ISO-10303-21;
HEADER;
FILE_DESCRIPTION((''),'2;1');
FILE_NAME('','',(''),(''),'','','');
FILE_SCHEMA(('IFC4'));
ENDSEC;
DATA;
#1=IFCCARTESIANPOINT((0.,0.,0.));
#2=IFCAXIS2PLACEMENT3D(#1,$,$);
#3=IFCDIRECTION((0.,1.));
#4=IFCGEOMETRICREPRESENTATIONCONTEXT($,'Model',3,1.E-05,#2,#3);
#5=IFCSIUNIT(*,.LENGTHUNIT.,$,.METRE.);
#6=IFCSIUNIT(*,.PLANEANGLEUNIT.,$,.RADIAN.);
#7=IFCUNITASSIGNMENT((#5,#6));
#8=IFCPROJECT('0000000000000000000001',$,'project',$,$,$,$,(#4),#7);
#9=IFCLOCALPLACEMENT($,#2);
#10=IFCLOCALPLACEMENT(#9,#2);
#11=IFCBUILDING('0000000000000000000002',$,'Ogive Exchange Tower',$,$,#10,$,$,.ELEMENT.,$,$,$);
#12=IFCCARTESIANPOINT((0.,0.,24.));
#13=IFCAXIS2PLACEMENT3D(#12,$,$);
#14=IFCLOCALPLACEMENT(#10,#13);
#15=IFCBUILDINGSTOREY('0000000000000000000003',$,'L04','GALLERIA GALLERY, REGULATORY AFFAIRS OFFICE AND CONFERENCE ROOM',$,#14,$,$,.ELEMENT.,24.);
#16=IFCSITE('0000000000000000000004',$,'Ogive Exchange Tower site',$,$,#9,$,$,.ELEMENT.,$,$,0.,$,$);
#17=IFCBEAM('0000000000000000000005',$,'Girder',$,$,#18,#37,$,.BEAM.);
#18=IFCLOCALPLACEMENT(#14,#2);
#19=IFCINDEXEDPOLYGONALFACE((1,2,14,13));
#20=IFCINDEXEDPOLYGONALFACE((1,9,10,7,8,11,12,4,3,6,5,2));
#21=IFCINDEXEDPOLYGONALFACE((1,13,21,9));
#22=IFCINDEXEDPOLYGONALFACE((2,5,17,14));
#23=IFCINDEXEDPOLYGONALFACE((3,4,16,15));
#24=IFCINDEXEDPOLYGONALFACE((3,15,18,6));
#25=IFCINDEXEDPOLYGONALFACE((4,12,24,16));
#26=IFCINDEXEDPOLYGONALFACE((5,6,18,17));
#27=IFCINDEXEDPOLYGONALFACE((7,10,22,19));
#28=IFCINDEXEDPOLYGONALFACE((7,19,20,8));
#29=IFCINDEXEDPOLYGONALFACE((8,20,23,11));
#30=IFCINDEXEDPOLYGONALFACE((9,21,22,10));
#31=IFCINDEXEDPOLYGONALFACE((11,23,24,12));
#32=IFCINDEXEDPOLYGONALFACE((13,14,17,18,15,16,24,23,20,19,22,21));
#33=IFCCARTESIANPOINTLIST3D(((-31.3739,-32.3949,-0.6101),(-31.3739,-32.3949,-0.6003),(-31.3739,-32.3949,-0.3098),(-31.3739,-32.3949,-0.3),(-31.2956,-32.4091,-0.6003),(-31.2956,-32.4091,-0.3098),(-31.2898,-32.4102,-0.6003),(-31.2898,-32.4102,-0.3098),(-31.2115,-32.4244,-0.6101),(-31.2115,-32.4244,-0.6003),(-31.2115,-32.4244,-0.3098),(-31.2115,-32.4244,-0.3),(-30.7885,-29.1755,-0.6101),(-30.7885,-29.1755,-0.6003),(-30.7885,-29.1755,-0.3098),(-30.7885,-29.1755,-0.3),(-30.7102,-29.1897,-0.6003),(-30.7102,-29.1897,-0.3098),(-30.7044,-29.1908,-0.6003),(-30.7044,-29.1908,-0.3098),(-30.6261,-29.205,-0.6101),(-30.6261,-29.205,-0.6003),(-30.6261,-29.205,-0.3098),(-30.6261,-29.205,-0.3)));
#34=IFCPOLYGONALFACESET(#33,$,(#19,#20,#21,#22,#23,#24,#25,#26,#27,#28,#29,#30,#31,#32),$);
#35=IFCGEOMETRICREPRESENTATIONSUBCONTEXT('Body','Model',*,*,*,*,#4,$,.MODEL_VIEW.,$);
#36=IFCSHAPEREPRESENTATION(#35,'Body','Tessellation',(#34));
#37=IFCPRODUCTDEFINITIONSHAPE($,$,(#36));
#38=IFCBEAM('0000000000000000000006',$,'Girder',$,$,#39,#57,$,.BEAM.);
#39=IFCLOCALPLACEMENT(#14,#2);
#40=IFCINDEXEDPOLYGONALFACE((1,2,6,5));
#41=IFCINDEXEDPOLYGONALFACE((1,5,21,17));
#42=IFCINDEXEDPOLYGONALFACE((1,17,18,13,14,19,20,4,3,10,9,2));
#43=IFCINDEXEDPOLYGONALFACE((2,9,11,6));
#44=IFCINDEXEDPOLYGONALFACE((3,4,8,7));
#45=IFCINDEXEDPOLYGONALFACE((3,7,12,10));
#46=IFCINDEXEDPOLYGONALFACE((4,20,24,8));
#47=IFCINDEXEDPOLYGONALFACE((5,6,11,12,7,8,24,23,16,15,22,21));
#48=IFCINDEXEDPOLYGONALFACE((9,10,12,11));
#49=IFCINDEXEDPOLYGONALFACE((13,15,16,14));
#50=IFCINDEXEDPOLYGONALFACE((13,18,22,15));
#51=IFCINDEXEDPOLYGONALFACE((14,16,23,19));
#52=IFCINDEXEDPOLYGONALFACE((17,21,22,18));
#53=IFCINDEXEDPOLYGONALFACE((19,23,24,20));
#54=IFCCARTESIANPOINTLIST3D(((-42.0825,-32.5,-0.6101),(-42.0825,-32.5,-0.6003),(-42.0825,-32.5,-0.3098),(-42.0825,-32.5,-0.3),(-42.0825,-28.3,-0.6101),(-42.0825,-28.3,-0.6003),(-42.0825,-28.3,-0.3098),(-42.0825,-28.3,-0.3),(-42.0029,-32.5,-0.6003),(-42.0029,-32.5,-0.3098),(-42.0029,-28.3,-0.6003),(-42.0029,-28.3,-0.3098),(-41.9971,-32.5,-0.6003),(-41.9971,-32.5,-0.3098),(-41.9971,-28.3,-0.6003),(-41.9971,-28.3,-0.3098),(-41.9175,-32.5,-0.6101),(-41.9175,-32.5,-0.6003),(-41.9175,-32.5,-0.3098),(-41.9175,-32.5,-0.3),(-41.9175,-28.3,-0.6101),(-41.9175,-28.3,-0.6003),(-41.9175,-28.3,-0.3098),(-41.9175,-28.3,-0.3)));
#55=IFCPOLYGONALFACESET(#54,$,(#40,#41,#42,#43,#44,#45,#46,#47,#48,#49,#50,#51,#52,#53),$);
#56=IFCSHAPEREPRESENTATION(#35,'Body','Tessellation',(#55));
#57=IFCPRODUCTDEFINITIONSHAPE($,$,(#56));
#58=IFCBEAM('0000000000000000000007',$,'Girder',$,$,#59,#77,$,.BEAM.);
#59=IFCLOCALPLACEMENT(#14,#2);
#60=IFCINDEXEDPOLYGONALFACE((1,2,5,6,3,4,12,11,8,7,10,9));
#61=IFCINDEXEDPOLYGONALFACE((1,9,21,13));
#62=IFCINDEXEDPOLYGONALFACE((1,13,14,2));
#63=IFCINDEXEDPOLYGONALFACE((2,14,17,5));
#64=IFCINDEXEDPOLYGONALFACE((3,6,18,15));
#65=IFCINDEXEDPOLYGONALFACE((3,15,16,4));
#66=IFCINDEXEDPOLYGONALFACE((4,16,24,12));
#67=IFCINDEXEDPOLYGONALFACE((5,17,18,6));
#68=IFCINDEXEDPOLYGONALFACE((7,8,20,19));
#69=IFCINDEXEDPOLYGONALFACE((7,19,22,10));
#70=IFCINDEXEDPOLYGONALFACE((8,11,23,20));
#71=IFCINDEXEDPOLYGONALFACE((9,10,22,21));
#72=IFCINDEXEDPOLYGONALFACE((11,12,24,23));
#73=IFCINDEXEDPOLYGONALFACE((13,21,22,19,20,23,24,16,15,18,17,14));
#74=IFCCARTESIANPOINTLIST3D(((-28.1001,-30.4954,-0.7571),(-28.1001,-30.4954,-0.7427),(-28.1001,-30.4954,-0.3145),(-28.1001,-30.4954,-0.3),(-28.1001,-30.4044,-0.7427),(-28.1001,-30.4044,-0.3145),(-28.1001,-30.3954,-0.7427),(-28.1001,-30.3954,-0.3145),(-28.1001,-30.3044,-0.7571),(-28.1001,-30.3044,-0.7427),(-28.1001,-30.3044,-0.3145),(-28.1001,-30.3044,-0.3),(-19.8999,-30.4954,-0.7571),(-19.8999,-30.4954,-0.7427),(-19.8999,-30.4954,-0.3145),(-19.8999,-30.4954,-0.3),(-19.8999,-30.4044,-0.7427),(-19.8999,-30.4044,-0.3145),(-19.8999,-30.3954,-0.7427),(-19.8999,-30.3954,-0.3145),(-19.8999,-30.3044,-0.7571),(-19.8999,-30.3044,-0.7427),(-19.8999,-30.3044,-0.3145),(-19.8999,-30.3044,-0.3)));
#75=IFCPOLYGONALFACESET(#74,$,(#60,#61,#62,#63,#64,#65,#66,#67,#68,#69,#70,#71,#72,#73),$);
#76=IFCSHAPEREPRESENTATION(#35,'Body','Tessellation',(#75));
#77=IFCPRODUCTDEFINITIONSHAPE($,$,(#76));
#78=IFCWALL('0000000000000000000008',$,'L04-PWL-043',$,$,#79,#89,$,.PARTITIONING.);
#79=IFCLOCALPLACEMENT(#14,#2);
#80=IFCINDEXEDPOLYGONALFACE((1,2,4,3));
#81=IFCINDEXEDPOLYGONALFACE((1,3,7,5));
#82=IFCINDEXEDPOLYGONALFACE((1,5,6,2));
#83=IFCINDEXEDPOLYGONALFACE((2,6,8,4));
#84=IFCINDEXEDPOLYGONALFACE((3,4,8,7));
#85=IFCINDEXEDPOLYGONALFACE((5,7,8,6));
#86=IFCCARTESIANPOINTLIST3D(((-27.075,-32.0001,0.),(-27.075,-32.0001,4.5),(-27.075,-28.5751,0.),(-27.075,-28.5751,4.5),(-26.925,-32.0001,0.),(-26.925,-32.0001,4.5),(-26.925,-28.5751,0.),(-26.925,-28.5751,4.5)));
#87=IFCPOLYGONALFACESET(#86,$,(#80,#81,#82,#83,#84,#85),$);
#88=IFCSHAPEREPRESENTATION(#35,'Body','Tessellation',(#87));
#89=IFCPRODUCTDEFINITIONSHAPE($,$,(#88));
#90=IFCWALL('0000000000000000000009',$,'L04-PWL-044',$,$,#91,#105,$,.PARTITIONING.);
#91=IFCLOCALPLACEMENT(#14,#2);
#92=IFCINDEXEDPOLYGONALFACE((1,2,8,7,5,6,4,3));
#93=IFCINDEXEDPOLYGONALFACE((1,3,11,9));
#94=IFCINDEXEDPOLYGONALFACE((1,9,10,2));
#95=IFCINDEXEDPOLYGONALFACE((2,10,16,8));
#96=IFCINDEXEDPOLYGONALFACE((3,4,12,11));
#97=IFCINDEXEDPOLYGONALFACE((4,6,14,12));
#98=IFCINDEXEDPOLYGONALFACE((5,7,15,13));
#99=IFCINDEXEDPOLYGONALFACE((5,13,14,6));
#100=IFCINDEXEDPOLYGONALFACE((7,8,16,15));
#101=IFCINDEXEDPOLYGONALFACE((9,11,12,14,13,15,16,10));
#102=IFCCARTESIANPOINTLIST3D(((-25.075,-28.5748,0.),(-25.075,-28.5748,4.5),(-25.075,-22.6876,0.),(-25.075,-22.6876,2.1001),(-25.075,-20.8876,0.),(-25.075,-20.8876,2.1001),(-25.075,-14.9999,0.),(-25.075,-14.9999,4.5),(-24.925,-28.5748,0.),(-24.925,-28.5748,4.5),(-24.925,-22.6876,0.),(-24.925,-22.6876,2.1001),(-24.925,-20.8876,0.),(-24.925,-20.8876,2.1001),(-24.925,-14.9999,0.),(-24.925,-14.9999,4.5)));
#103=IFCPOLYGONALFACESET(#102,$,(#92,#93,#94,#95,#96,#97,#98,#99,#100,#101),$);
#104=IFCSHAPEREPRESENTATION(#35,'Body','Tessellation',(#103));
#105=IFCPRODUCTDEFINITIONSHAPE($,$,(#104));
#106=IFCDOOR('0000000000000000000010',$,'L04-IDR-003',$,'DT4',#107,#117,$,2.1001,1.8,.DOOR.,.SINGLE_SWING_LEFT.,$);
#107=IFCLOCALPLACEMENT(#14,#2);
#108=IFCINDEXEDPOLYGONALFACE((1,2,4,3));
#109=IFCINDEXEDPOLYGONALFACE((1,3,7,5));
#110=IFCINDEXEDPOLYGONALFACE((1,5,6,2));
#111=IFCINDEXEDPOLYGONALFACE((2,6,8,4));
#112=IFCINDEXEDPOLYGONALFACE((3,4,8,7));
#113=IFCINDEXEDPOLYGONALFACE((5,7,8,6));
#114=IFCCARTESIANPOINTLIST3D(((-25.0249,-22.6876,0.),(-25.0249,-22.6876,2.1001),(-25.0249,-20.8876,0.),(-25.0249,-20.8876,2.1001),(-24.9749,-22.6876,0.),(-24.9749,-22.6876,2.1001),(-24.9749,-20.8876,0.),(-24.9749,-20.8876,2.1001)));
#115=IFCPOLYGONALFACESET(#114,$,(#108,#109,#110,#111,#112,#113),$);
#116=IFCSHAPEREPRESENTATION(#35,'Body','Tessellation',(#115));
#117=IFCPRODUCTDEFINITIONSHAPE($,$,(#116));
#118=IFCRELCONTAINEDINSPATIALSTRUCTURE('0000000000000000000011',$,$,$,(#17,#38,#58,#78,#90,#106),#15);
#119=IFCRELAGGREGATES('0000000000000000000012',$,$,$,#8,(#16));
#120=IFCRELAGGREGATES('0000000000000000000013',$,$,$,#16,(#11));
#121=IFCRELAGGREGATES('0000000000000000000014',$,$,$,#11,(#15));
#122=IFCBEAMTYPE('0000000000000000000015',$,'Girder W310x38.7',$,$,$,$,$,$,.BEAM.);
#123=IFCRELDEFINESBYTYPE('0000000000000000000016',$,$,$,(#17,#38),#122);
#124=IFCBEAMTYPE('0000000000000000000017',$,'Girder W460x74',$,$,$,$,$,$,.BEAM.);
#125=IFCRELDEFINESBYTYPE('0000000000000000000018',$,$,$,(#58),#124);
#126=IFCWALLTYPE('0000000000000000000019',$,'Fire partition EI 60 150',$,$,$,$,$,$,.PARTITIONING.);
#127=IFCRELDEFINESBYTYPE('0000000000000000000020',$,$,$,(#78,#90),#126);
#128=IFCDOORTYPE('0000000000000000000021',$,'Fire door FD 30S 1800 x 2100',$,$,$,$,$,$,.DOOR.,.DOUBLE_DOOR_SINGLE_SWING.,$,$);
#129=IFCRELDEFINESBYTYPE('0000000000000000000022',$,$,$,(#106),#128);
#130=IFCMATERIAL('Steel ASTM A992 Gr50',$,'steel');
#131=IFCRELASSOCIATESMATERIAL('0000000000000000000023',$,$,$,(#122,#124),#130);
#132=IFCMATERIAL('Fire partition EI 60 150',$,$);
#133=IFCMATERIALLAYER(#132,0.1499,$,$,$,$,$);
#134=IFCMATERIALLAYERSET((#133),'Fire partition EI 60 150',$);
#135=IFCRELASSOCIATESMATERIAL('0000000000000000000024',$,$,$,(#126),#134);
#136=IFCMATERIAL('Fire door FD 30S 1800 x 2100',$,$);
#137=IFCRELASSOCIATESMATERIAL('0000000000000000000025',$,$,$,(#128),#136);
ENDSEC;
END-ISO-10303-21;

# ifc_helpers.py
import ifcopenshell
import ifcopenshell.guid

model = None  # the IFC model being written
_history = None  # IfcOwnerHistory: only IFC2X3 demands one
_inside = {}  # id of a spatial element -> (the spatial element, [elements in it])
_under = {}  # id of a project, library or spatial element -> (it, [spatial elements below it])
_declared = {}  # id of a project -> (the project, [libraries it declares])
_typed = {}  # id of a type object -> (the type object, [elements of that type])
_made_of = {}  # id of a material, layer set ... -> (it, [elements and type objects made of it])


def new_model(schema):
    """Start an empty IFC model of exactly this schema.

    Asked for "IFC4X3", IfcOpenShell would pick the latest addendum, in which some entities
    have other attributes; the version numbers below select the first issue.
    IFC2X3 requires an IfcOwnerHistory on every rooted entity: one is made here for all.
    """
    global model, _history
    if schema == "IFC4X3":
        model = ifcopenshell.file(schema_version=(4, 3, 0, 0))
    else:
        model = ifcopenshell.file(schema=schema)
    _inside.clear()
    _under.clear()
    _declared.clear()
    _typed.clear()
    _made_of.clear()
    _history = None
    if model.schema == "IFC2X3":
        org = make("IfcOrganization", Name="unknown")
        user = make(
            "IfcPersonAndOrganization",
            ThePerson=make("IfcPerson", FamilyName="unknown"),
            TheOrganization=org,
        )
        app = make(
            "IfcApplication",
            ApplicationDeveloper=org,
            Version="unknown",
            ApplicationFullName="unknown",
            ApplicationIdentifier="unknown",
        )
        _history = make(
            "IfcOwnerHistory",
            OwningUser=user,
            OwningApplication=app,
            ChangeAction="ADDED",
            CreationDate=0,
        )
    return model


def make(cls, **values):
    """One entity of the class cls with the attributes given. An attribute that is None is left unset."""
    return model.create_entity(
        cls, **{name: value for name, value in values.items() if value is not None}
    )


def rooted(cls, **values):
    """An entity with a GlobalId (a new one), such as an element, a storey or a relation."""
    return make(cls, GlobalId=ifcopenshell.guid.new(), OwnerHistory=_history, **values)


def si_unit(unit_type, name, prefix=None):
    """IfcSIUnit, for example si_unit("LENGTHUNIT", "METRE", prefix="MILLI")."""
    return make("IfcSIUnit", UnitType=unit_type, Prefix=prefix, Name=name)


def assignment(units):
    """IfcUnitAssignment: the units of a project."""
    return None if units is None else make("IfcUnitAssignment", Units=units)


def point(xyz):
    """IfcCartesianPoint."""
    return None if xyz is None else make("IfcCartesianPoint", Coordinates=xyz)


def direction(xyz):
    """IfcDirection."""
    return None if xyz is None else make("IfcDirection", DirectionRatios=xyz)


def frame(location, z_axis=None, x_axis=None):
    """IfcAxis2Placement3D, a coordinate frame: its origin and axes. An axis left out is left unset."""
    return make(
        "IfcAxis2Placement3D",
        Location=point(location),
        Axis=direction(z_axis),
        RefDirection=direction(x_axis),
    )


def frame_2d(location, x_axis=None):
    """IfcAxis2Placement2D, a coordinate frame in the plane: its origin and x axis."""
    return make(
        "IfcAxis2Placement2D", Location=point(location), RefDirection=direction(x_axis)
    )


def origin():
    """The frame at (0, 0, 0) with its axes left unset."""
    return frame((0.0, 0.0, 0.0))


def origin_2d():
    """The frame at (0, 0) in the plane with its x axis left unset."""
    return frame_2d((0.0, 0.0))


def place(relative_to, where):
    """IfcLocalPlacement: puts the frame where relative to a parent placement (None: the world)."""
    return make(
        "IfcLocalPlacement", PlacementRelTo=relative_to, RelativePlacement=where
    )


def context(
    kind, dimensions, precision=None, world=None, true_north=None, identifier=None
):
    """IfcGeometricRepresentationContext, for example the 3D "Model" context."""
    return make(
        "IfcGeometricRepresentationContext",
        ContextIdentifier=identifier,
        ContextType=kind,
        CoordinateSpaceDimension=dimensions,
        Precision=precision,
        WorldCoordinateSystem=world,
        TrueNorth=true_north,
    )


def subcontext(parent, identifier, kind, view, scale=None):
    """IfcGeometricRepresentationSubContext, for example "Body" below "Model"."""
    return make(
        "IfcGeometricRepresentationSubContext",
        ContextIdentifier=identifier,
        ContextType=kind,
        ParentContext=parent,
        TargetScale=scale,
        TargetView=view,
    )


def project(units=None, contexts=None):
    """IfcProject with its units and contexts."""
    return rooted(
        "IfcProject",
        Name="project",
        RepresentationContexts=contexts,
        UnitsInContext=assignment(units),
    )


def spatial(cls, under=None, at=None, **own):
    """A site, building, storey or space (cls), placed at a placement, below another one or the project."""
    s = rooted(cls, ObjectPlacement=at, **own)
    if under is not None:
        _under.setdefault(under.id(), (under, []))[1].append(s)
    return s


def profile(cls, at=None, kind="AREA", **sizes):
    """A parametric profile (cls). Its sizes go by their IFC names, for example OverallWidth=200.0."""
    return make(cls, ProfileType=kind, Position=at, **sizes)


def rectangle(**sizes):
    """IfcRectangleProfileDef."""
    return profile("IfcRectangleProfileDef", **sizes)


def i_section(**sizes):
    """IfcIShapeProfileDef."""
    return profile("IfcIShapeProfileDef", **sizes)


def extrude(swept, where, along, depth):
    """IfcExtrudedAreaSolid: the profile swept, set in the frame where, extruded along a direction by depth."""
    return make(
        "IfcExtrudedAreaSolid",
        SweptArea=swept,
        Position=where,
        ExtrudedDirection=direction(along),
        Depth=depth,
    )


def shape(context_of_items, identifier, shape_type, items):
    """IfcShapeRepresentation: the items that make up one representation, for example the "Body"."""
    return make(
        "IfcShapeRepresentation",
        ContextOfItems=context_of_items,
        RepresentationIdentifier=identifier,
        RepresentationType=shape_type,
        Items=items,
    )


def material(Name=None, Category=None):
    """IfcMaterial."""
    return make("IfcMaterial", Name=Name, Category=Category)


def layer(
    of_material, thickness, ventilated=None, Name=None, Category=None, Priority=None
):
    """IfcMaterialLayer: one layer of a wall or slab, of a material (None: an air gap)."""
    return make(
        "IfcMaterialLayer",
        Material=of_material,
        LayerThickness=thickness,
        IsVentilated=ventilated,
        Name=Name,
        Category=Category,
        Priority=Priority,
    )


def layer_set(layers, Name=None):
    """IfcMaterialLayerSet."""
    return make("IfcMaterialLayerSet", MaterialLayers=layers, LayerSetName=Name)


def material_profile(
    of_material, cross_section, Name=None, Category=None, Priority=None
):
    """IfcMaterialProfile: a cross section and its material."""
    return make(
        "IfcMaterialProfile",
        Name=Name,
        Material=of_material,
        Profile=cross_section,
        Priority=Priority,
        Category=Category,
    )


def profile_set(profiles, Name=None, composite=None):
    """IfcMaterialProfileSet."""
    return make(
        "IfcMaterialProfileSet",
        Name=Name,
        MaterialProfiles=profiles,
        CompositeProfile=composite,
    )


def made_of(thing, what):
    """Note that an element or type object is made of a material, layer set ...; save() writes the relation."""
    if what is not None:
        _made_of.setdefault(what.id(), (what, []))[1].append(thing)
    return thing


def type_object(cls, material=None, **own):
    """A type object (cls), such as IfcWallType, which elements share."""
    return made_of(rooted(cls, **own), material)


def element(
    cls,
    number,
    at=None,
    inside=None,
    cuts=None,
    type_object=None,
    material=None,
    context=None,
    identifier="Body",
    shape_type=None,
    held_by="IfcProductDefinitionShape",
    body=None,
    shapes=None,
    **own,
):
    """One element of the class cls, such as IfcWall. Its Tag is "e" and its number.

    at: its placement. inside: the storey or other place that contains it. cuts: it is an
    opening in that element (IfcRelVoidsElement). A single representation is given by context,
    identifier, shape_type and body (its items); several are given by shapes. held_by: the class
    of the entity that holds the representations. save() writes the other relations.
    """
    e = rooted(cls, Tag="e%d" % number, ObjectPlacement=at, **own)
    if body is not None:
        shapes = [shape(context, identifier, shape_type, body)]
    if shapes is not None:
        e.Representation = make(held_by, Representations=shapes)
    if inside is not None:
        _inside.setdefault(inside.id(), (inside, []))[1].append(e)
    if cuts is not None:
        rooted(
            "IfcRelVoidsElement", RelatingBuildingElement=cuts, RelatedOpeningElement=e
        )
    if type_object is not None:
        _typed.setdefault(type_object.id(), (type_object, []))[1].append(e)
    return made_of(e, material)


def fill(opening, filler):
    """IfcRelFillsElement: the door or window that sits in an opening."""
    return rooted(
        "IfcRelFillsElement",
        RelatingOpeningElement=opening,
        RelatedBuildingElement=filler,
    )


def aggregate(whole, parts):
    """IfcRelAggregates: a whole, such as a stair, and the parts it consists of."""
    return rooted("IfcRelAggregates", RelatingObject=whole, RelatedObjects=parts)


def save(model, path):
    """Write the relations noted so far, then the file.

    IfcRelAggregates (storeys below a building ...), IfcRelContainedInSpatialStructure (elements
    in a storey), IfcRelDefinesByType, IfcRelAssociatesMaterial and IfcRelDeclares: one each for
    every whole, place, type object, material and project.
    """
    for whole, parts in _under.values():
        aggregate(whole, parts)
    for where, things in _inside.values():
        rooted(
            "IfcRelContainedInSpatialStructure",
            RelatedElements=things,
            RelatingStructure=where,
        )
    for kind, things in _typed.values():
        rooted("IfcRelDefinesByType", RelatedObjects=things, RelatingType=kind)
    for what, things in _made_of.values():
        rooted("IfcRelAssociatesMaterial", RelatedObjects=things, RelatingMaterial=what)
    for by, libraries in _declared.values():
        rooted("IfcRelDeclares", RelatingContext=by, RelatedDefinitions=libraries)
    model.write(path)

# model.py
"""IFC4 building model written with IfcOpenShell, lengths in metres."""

from ifc_helpers import new_model, si_unit, direction, frame, frame_2d, origin, origin_2d, place, context, subcontext, project, spatial, rectangle, i_section, extrude, material, layer, layer_set, material_profile, profile_set, type_object, element, fill, save


model = new_model("IFC4")

# Units and contexts
model_context = context("Model", 3, precision=1e-05, world=origin(), true_north=direction((0.0, 1.0)))
body_context = subcontext(model_context, "Body", "Model", "MODEL_VIEW")
ifc_project = project(units=[si_unit("LENGTHUNIT", "METRE"), si_unit("PLANEANGLEUNIT", "RADIAN")], contexts=[model_context])

# Site, building, storey
site_placement = place(None, origin())
site = spatial("IfcSite", under=ifc_project, at=site_placement, Name="Ogive Exchange Tower site", CompositionType="ELEMENT", RefElevation=0.0)
building_placement = place(site_placement, origin())
building = spatial("IfcBuilding", under=site, at=building_placement, Name="Ogive Exchange Tower", CompositionType="ELEMENT")
storey_placement = place(building_placement, frame((0.0, 0.0, 24.0)))
storey = spatial("IfcBuildingStorey", under=building, at=storey_placement, Name="L04", Description="GALLERIA GALLERY, REGULATORY AFFAIRS OFFICE AND CONFERENCE ROOM", CompositionType="ELEMENT", Elevation=24.0)

# Beams
ifc_material_1 = material(Name="Steel ASTM A992 Gr50", Category="steel")
ifc_material_profile_1 = material_profile(ifc_material_1, i_section(OverallWidth=0.165, OverallDepth=0.3101, WebThickness=0.0059, FlangeThickness=0.0098, at=origin_2d()), Name="W310x38.7")
ifc_profile_set_1 = profile_set([ifc_material_profile_1], Name="Steel ASTM A992 Gr50")
beam_type_1 = type_object("IfcBeamType", Name="Girder W310x38.7", PredefinedType="BEAM", material=ifc_profile_set_1)
beam_1_placement = place(storey_placement, frame((-31.2927, -32.4097, -0.4551), z_axis=(0.178912, 0.983865, 0.0), x_axis=(-0.983865, 0.178912, 0.0)))
element("IfcBeam", 1, at=beam_1_placement, inside=storey, type_object=beam_type_1, Name="Girder", PredefinedType="BEAM", context=body_context, shape_type="SweptSolid", body=[
    extrude(i_section(OverallWidth=0.165, OverallDepth=0.3101, WebThickness=0.0059, FlangeThickness=0.0098, at=origin_2d()), origin(), (0.0, 0.0, 1.0), 3.2722),
])
beam_2_placement = place(storey_placement, frame((-42.0, -32.5, -0.4551), z_axis=(0.0, 1.0, 0.0), x_axis=(-1.0, 0.0, 0.0)))
element("IfcBeam", 2, at=beam_2_placement, inside=storey, type_object=beam_type_1, Name="Girder", PredefinedType="BEAM", context=body_context, shape_type="SweptSolid", body=[
    extrude(i_section(OverallWidth=0.165, OverallDepth=0.3101, WebThickness=0.0059, FlangeThickness=0.0098, at=origin_2d()), origin(), (0.0, 0.0, 1.0), 4.2),
])
ifc_material_profile_2 = material_profile(ifc_material_1, i_section(OverallWidth=0.1909, OverallDepth=0.457, WebThickness=0.009, FlangeThickness=0.0144, at=origin_2d()), Name="W460x74")
ifc_profile_set_2 = profile_set([ifc_material_profile_2], Name="Steel ASTM A992 Gr50")
beam_type_2 = type_object("IfcBeamType", Name="Girder W460x74", PredefinedType="BEAM", material=ifc_profile_set_2)
beam_3_placement = place(storey_placement, frame((-28.1001, -30.3999, -0.5286), z_axis=(1.0, 0.0, 0.0), x_axis=(0.0, 1.0, 0.0)))
element("IfcBeam", 3, at=beam_3_placement, inside=storey, type_object=beam_type_2, Name="Girder", PredefinedType="BEAM", context=body_context, shape_type="SweptSolid", body=[
    extrude(i_section(OverallWidth=0.1909, OverallDepth=0.457, WebThickness=0.009, FlangeThickness=0.0144, at=origin_2d()), origin(), (0.0, 0.0, 1.0), 8.2002),
])

# Wall
ifc_material_2 = material(Name="Fire partition EI 60 150")
ifc_layer_1 = layer(ifc_material_2, 0.1499)
ifc_layer_set_1 = layer_set([ifc_layer_1], Name="Fire partition EI 60 150")
wall_type_1 = type_object("IfcWallType", Name="Fire partition EI 60 150", PredefinedType="PARTITIONING", material=ifc_layer_set_1)
wall_1_placement = place(storey_placement, frame((-27.0, -32.0, 0.0), z_axis=(0.0, 0.0, 1.0), x_axis=(0.0, 1.0, 0.0)))
element("IfcWall", 4, at=wall_1_placement, inside=storey, type_object=wall_type_1, Name="L04-PWL-043", PredefinedType="PARTITIONING", context=body_context, shape_type="SweptSolid", body=[
    extrude(rectangle(XDim=3.425, YDim=0.1499, at=frame_2d((1.7124, 0.0))), origin(), (0.0, 0.0, 1.0), 4.5),
])

# Wall, opening, door
wall_2_placement = place(storey_placement, frame((-25.0, -28.575, 0.0), z_axis=(0.0, 0.0, 1.0), x_axis=(0.0, 1.0, 0.0)))
wall_2 = element("IfcWall", 5, at=wall_2_placement, inside=storey, type_object=wall_type_1, Name="L04-PWL-044", PredefinedType="PARTITIONING", context=body_context, shape_type="SweptSolid", body=[
    extrude(rectangle(XDim=13.575, YDim=0.1499, at=frame_2d((6.7876, 0.0))), origin(), (0.0, 0.0, 1.0), 4.5),
])
opening_1_placement = place(wall_2_placement, frame((5.8875, 0.0, 0.0)))
opening_1 = element("IfcOpeningElement", 6, at=opening_1_placement, cuts=wall_2, PredefinedType="OPENING", context=body_context, shape_type="SweptSolid", body=[
    extrude(rectangle(XDim=1.8, YDim=2.1001, at=frame_2d((0.8999, 1.05))), frame((0.0, 0.085, 0.0), z_axis=(0.0, -1.0, 0.0), x_axis=(1.0, 0.0, 0.0)), (0.0, 0.0, 1.0), 0.1699),
])
ifc_material_3 = material(Name="Fire door FD 30S 1800 x 2100")
door_type = type_object("IfcDoorType", Name="Fire door FD 30S 1800 x 2100", OperationType="DOUBLE_DOOR_SINGLE_SWING", PredefinedType="DOOR", material=ifc_material_3)
door_placement = place(opening_1_placement, origin())
door = element("IfcDoor", 7, at=door_placement, inside=storey, type_object=door_type, Name="L04-IDR-003", ObjectType="DT4", OperationType="SINGLE_SWING_LEFT", OverallHeight=2.1001, OverallWidth=1.8, PredefinedType="DOOR", context=body_context, shape_type="SweptSolid", body=[
    extrude(rectangle(XDim=1.8, YDim=2.1001, at=frame_2d((0.8999, 1.05))), frame((0.0, 0.0249, 0.0), z_axis=(0.0, -1.0, 0.0), x_axis=(1.0, 0.0, 0.0)), (0.0, 0.0, 1.0), 0.05),
])
fill(opening_1, door)

save(model, "model.ifc")
